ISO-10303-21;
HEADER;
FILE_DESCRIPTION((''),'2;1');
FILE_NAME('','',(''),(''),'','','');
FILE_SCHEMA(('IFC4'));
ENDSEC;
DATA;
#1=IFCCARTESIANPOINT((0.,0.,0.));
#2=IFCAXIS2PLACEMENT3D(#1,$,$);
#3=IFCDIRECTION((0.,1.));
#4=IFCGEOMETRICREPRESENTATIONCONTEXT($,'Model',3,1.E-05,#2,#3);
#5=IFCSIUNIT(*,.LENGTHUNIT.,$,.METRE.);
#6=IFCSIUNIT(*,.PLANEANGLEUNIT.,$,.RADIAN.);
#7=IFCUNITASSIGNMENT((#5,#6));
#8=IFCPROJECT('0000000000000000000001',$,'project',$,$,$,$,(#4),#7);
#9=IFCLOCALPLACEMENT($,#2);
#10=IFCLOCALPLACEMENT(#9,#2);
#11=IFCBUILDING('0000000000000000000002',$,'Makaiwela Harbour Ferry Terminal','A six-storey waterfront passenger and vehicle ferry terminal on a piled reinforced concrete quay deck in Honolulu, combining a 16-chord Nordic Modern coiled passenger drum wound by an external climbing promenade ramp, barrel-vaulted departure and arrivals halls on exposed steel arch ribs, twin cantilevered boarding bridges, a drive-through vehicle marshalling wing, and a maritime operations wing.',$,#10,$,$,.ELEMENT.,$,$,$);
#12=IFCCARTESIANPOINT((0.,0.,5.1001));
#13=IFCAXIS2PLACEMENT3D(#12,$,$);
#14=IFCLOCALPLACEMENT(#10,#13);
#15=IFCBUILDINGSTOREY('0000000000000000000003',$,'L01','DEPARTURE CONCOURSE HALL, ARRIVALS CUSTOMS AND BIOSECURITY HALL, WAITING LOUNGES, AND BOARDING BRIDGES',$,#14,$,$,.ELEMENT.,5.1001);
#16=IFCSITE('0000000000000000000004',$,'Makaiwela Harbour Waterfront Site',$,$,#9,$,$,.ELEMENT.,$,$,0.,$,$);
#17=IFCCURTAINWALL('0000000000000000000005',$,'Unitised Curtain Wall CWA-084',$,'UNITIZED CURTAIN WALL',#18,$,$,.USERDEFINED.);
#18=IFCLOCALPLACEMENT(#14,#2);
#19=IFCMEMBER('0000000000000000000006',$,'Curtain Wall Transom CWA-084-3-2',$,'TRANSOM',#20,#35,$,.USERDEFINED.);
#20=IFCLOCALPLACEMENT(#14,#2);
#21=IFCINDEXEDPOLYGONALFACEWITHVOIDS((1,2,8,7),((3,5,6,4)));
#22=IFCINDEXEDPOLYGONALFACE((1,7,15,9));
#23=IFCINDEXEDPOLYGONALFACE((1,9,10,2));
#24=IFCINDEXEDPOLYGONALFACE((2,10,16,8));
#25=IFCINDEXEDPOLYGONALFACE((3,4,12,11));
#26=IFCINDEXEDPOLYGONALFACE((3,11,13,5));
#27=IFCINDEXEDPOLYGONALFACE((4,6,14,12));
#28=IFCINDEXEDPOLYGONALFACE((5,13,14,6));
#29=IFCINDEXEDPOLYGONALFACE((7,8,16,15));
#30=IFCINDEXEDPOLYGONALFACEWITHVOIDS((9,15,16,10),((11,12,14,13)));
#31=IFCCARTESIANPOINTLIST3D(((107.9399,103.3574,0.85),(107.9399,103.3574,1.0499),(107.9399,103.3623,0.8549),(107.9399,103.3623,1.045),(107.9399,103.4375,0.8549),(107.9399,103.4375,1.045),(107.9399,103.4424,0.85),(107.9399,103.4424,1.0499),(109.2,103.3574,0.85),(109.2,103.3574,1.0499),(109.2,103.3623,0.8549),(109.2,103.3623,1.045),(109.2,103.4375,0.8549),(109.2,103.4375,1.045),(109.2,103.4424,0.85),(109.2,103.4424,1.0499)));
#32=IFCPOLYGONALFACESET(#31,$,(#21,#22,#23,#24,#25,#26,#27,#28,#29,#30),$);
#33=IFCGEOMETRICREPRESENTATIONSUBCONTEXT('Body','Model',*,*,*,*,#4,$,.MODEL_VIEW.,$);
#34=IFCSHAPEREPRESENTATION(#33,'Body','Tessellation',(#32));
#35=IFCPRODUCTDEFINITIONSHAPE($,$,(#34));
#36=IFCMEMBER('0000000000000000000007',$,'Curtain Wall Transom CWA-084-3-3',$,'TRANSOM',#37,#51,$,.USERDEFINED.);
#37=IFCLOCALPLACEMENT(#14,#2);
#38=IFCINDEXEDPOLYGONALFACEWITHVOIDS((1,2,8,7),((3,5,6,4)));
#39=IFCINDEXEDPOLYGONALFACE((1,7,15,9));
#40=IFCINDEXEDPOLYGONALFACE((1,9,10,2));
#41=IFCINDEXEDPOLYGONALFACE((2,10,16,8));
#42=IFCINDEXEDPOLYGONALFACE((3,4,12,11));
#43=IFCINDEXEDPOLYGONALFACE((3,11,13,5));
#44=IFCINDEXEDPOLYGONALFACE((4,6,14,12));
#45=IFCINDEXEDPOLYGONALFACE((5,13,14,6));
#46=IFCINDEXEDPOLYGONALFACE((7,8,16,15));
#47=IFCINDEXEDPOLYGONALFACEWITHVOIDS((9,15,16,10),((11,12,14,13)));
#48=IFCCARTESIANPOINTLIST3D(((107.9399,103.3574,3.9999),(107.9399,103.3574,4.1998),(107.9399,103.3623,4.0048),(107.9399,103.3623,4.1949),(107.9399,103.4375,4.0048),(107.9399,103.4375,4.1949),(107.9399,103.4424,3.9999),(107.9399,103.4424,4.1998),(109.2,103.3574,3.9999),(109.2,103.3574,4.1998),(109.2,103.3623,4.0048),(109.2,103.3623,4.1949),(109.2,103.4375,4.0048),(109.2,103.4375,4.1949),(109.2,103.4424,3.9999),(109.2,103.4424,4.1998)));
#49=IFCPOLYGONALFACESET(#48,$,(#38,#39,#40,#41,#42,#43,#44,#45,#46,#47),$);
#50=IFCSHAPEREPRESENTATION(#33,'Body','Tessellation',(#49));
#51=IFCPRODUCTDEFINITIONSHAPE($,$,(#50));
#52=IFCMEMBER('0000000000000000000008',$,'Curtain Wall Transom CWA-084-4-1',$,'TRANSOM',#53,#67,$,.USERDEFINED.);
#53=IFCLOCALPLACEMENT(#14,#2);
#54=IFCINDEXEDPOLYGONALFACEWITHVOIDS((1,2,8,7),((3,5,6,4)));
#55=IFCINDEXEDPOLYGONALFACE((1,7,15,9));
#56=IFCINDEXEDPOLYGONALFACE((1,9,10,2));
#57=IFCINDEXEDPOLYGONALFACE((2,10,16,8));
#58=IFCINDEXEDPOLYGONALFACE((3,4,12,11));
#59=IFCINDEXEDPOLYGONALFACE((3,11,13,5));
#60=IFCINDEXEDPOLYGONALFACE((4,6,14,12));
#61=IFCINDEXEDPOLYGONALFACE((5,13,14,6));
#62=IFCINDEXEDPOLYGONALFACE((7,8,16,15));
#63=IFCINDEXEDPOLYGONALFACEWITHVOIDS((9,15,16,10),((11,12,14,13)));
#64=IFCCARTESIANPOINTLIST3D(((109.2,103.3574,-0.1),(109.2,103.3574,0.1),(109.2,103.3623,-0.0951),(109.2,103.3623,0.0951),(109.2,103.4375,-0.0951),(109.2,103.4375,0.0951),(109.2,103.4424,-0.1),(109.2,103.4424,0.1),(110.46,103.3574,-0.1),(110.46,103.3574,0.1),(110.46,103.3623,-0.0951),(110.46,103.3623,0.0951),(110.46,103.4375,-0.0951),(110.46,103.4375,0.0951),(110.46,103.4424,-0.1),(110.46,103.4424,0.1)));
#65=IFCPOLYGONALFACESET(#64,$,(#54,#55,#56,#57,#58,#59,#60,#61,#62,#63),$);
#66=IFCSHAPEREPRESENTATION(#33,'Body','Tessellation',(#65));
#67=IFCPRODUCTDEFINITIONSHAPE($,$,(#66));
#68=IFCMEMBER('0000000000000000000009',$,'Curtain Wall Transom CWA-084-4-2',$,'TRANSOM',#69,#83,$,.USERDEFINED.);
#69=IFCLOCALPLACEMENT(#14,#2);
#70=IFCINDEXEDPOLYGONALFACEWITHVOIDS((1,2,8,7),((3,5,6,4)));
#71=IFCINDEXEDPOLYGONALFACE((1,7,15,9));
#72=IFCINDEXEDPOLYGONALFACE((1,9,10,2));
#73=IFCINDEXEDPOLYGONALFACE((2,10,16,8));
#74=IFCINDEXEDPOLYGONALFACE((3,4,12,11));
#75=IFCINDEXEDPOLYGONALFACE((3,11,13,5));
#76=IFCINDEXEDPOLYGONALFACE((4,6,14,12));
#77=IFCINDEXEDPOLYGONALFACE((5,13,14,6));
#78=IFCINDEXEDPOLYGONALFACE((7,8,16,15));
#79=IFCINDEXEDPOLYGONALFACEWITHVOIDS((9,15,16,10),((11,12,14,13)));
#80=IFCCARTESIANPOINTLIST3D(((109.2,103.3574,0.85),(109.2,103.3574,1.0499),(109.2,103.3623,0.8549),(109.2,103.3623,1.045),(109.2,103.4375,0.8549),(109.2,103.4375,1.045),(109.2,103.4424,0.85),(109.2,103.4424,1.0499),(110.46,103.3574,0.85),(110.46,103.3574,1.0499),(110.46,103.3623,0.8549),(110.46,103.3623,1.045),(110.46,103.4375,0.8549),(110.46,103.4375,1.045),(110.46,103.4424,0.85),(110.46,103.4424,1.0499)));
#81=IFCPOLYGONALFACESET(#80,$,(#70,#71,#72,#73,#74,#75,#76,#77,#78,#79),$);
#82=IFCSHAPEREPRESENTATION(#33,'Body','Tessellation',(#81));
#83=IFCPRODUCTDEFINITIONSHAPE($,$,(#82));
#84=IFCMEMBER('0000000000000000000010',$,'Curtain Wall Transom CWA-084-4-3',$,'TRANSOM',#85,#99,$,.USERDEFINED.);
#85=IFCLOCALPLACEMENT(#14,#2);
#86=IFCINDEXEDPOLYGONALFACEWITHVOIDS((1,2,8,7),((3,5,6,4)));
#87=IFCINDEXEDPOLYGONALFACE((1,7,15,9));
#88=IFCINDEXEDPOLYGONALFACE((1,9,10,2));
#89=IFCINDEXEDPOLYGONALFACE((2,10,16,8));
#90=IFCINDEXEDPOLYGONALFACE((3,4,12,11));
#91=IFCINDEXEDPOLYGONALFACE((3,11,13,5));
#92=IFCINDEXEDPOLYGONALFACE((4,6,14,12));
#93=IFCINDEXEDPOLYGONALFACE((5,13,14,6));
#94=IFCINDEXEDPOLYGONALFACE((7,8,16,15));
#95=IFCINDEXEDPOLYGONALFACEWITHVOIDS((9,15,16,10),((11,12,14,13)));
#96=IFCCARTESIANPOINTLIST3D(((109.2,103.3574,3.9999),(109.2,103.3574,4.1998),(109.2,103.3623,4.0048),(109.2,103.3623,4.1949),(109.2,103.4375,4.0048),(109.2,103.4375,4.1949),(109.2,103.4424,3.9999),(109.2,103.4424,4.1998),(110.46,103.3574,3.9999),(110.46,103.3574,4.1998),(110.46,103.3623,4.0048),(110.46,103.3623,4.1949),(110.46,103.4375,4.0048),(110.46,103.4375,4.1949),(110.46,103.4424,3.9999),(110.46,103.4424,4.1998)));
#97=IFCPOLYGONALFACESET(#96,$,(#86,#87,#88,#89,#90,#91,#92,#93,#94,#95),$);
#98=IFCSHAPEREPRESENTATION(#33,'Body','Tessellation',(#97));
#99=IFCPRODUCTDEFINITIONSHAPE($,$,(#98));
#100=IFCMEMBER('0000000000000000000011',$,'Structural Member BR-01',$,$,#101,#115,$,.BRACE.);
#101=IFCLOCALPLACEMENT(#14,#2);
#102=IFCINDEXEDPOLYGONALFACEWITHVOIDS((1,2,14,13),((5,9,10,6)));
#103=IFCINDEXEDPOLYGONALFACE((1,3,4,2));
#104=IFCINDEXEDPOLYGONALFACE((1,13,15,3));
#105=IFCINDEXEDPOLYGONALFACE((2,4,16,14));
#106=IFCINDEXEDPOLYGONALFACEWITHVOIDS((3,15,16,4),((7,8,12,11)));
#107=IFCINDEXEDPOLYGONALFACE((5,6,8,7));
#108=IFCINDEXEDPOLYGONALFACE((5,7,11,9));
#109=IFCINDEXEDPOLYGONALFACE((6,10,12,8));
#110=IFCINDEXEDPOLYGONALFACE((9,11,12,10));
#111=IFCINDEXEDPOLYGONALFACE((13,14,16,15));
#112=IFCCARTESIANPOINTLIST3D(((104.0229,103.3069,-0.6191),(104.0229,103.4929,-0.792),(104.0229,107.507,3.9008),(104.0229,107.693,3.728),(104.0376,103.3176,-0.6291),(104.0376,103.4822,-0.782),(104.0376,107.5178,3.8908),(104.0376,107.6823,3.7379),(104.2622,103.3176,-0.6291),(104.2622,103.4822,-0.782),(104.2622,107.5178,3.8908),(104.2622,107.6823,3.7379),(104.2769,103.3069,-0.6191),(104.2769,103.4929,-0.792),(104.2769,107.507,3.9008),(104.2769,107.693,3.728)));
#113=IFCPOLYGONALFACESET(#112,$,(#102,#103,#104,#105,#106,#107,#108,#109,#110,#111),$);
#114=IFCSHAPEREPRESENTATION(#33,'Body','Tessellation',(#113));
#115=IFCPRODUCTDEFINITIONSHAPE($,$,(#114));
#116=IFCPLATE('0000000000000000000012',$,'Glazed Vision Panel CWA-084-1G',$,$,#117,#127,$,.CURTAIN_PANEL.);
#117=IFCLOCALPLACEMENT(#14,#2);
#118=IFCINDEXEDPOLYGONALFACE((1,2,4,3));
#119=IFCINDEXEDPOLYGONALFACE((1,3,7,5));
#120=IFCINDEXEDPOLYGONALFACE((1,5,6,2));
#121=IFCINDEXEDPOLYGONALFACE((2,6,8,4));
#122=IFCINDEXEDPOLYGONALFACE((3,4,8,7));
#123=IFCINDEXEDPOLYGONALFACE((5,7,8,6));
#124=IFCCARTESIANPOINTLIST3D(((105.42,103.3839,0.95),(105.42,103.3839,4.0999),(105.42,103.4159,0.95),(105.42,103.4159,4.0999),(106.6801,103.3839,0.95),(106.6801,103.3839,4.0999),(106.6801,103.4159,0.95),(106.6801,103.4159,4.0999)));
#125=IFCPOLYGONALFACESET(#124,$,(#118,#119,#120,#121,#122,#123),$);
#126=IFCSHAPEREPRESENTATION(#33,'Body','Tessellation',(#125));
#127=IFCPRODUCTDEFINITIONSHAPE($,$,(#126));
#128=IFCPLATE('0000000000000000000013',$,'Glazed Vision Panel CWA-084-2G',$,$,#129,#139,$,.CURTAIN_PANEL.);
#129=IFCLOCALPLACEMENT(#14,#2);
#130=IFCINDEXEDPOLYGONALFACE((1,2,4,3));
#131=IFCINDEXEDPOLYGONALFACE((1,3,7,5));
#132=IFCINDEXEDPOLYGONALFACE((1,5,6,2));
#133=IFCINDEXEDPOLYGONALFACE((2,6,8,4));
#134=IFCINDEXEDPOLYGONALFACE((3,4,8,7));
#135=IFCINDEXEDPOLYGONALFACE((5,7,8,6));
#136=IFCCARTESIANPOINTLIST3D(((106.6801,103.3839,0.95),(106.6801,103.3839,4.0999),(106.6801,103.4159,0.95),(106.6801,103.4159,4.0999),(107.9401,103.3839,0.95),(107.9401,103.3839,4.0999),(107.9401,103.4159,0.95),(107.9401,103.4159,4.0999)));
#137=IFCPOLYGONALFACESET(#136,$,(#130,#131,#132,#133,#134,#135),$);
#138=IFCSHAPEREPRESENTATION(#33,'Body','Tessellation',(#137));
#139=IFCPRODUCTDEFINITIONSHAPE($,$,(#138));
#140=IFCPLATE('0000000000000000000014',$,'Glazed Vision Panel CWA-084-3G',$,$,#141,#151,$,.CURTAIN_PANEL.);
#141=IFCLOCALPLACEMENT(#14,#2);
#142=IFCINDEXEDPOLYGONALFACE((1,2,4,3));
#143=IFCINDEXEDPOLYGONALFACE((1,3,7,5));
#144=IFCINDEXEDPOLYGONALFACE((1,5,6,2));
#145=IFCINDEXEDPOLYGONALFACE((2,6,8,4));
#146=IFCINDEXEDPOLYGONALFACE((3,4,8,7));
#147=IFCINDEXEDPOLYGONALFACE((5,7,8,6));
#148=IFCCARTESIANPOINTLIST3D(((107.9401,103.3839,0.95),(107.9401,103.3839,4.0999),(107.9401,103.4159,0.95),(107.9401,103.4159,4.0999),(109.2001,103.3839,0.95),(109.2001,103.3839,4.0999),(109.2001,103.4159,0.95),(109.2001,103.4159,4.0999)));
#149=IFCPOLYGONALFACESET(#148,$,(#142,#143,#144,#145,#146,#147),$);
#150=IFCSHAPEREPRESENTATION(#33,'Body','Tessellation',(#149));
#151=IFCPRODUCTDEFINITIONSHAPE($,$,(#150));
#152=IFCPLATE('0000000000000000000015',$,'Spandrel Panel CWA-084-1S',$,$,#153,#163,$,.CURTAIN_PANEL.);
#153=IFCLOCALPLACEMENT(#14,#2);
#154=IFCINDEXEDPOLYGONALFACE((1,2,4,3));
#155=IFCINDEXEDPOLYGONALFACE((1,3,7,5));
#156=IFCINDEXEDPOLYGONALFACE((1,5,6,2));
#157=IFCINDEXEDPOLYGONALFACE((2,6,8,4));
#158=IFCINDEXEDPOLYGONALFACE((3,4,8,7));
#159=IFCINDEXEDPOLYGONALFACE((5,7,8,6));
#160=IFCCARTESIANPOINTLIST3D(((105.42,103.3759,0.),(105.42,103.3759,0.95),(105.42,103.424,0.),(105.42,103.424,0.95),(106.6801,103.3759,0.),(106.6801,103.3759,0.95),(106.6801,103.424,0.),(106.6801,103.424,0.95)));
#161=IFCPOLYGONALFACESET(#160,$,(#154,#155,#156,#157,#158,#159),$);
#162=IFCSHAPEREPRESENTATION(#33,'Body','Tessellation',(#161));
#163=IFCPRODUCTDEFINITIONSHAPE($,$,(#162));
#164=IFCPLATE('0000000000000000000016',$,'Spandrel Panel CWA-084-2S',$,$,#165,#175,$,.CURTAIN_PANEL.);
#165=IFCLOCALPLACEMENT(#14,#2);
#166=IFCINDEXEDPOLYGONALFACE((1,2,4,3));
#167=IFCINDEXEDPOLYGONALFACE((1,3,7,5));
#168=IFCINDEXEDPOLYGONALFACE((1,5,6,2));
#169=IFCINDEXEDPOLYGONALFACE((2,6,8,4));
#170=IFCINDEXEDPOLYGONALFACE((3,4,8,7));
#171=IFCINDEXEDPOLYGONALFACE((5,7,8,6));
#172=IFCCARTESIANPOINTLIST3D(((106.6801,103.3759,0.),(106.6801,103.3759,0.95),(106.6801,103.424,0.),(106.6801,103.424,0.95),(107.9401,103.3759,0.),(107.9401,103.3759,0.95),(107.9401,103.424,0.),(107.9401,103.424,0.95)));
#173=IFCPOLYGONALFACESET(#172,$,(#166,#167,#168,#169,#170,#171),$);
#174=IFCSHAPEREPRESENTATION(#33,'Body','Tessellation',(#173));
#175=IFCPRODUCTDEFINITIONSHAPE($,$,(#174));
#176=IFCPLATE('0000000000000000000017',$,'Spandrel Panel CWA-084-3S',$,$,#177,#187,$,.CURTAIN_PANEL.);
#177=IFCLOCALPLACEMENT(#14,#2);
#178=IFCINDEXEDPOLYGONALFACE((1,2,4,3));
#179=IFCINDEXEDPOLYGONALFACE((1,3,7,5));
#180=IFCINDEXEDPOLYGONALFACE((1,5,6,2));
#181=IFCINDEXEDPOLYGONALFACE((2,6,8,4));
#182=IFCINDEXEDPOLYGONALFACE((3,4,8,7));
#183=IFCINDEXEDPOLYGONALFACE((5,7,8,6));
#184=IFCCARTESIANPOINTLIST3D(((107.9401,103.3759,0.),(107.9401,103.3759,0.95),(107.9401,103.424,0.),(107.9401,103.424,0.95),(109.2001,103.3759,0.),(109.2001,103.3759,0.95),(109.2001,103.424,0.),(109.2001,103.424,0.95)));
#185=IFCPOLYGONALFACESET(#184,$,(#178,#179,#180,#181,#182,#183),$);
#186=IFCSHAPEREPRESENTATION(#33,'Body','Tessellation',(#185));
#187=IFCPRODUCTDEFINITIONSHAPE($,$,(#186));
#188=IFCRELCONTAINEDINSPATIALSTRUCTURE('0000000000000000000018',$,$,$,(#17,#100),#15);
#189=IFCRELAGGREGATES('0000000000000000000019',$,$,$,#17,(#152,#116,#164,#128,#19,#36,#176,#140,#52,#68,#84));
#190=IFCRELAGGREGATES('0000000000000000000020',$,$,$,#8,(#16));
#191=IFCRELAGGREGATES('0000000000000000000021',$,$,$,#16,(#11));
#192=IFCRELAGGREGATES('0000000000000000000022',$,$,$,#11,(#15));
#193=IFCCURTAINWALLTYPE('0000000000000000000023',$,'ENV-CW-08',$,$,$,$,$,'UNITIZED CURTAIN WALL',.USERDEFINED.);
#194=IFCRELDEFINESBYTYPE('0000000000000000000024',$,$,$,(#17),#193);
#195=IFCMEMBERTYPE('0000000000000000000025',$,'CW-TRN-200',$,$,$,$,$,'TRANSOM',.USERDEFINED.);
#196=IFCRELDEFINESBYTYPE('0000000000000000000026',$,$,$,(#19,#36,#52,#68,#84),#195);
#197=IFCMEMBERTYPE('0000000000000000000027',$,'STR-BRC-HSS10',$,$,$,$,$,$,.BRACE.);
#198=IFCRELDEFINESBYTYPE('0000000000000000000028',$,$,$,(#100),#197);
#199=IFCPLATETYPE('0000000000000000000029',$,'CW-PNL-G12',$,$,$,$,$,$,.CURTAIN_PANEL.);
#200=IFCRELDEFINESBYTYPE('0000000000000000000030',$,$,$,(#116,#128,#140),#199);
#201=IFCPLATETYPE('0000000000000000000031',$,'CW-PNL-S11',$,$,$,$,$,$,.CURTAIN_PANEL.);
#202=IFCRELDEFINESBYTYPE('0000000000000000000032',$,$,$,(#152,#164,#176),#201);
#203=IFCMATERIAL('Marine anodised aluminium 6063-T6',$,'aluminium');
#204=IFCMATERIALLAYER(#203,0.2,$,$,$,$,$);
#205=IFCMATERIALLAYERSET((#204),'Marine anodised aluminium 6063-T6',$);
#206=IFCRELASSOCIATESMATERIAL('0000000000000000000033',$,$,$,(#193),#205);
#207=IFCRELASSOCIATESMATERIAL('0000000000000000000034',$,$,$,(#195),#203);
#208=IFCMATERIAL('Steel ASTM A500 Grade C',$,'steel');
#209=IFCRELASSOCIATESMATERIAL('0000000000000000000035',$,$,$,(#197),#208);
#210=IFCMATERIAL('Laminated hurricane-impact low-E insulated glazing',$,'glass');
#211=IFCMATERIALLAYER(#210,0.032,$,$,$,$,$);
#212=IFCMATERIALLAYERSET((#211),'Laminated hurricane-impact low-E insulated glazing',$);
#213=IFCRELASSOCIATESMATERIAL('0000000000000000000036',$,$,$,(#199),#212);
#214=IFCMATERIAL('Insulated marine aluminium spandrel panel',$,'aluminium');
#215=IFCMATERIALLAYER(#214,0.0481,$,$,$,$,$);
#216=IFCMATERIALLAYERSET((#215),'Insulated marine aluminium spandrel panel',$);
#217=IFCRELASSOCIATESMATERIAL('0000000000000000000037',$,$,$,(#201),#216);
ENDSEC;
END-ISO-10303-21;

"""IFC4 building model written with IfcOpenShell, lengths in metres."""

from ifc_helpers import new_model, si_unit, direction, frame, origin, origin_2d, place, context, subcontext, project, spatial, rectangle, hollow_rectangle, extrude, material, layer, layer_set, material_profile, profile_set, type_object, element, aggregate, save


model = new_model("IFC4")

# Units and contexts
model_context = context("Model", 3, precision=1e-05, world=origin(), true_north=direction((0.0, 1.0)))
body_context = subcontext(model_context, "Body", "Model", "MODEL_VIEW")
ifc_project = project(units=[si_unit("LENGTHUNIT", "METRE"), si_unit("PLANEANGLEUNIT", "RADIAN")], contexts=[model_context])

# Site, building, storey
site_placement = place(None, origin())
site = spatial("IfcSite", under=ifc_project, at=site_placement, Name="Makaiwela Harbour Waterfront Site", CompositionType="ELEMENT", RefElevation=0.0)
building_placement = place(site_placement, origin())
building = spatial("IfcBuilding", under=site, at=building_placement, Name="Makaiwela Harbour Ferry Terminal", Description="A six-storey waterfront passenger and vehicle ferry terminal on a piled reinforced concrete quay deck in Honolulu, combining a 16-chord Nordic Modern coiled passenger drum wound by an external climbing promenade ramp, barrel-vaulted departure and arrivals halls on exposed steel arch ribs, twin cantilevered boarding bridges, a drive-through vehicle marshalling wing, and a maritime operations wing.", CompositionType="ELEMENT")
storey_placement = place(building_placement, frame((0.0, 0.0, 5.1001)))
storey = spatial("IfcBuildingStorey", under=building, at=storey_placement, Name="L01", Description="DEPARTURE CONCOURSE HALL, ARRIVALS CUSTOMS AND BIOSECURITY HALL, WAITING LOUNGES, AND BOARDING BRIDGES", CompositionType="ELEMENT", Elevation=5.1001)

# Curtain wall, members
ifc_material_1 = material(Name="Marine anodised aluminium 6063-T6", Category="aluminium")
ifc_layer_1 = layer(ifc_material_1, 0.2)
ifc_layer_set_1 = layer_set([ifc_layer_1], Name="Marine anodised aluminium 6063-T6")
curtain_wall_type = type_object("IfcCurtainWallType", Name="ENV-CW-08", ElementType="UNITIZED CURTAIN WALL", PredefinedType="USERDEFINED", material=ifc_layer_set_1)
curtain_wall_placement = place(storey_placement, origin())
curtain_wall = element("IfcCurtainWall", 1, at=curtain_wall_placement, inside=storey, type_object=curtain_wall_type, Name="Unitised Curtain Wall CWA-084", ObjectType="UNITIZED CURTAIN WALL", PredefinedType="USERDEFINED")
ifc_material_profile_1 = material_profile(ifc_material_1, hollow_rectangle(XDim=0.085, YDim=0.2, WallThickness=0.0049, at=origin_2d()), Name="CWT-200X85")
ifc_profile_set_1 = profile_set([ifc_material_profile_1], Name="Marine anodised aluminium 6063-T6")
member_type_1 = type_object("IfcMemberType", Name="CW-TRN-200", ElementType="TRANSOM", PredefinedType="USERDEFINED", material=ifc_profile_set_1)
member_1_placement = place(storey_placement, frame((107.9399, 103.3999, 0.95), z_axis=(1.0, 0.0, 0.0), x_axis=(0.0, 1.0, 0.0)))
member_1 = element("IfcMember", 2, at=member_1_placement, type_object=member_type_1, Name="Curtain Wall Transom CWA-084-3-2", ObjectType="TRANSOM", PredefinedType="USERDEFINED", context=body_context, shape_type="SweptSolid", body=[
    extrude(hollow_rectangle(XDim=0.085, YDim=0.2, WallThickness=0.0049, at=origin_2d()), origin(), (0.0, 0.0, 1.0), 1.26),
])
member_2_placement = place(storey_placement, frame((107.9399, 103.3999, 4.0999), z_axis=(1.0, 0.0, 0.0), x_axis=(0.0, 1.0, 0.0)))
member_2 = element("IfcMember", 3, at=member_2_placement, type_object=member_type_1, Name="Curtain Wall Transom CWA-084-3-3", ObjectType="TRANSOM", PredefinedType="USERDEFINED", context=body_context, shape_type="SweptSolid", body=[
    extrude(hollow_rectangle(XDim=0.085, YDim=0.2, WallThickness=0.0049, at=origin_2d()), origin(), (0.0, 0.0, 1.0), 1.26),
])
member_3_placement = place(storey_placement, frame((109.2, 103.3999, 0.0), z_axis=(1.0, 0.0, 0.0), x_axis=(0.0, 1.0, 0.0)))
member_3 = element("IfcMember", 4, at=member_3_placement, type_object=member_type_1, Name="Curtain Wall Transom CWA-084-4-1", ObjectType="TRANSOM", PredefinedType="USERDEFINED", context=body_context, shape_type="SweptSolid", body=[
    extrude(hollow_rectangle(XDim=0.085, YDim=0.2, WallThickness=0.0049, at=origin_2d()), origin(), (0.0, 0.0, 1.0), 1.26),
])
member_4_placement = place(storey_placement, frame((109.2, 103.3999, 0.95), z_axis=(1.0, 0.0, 0.0), x_axis=(0.0, 1.0, 0.0)))
member_4 = element("IfcMember", 5, at=member_4_placement, type_object=member_type_1, Name="Curtain Wall Transom CWA-084-4-2", ObjectType="TRANSOM", PredefinedType="USERDEFINED", context=body_context, shape_type="SweptSolid", body=[
    extrude(hollow_rectangle(XDim=0.085, YDim=0.2, WallThickness=0.0049, at=origin_2d()), origin(), (0.0, 0.0, 1.0), 1.26),
])
member_5_placement = place(storey_placement, frame((109.2, 103.3999, 4.0999), z_axis=(1.0, 0.0, 0.0), x_axis=(0.0, 1.0, 0.0)))
member_5 = element("IfcMember", 6, at=member_5_placement, type_object=member_type_1, Name="Curtain Wall Transom CWA-084-4-3", ObjectType="TRANSOM", PredefinedType="USERDEFINED", context=body_context, shape_type="SweptSolid", body=[
    extrude(hollow_rectangle(XDim=0.085, YDim=0.2, WallThickness=0.0049, at=origin_2d()), origin(), (0.0, 0.0, 1.0), 1.26),
])

# Member
ifc_material_2 = material(Name="Steel ASTM A500 Grade C", Category="steel")
ifc_material_profile_2 = material_profile(ifc_material_2, hollow_rectangle(XDim=0.2539, YDim=0.2539, WallThickness=0.0146, at=origin_2d()), Name="HSS10X10X5/8")
ifc_profile_set_2 = profile_set([ifc_material_profile_2], Name="Steel ASTM A500 Grade C")
member_type_2 = type_object("IfcMemberType", Name="STR-BRC-HSS10", PredefinedType="BRACE", material=ifc_profile_set_2)
member_6_placement = place(storey_placement, frame((104.1499, 103.3999, -0.7056), z_axis=(0.0, 0.680715, 0.732548), x_axis=(-1.0, 0.0, 0.0)))
element("IfcMember", 7, at=member_6_placement, inside=storey, type_object=member_type_2, Name="Structural Member BR-01", PredefinedType="BRACE", context=body_context, shape_type="SweptSolid", body=[
    extrude(hollow_rectangle(XDim=0.2539, YDim=0.2539, WallThickness=0.0146, at=origin_2d()), origin(), (0.0, 0.0, 1.0), 6.1702),
])

# Plates
ifc_material_3 = material(Name="Laminated hurricane-impact low-E insulated glazing", Category="glass")
ifc_layer_2 = layer(ifc_material_3, 0.032)
ifc_layer_set_2 = layer_set([ifc_layer_2], Name="Laminated hurricane-impact low-E insulated glazing")
plate_type_1 = type_object("IfcPlateType", Name="CW-PNL-G12", PredefinedType="CURTAIN_PANEL", material=ifc_layer_set_2)
plate_1_placement = place(storey_placement, frame((106.05, 103.3999, 0.95), z_axis=(0.0, 0.0, 1.0), x_axis=(1.0, 0.0, 0.0)))
plate_1 = element("IfcPlate", 8, at=plate_1_placement, type_object=plate_type_1, Name="Glazed Vision Panel CWA-084-1G", PredefinedType="CURTAIN_PANEL", context=body_context, shape_type="SweptSolid", body=[
    extrude(rectangle(XDim=1.26, YDim=0.032, at=origin_2d()), origin(), (0.0, 0.0, 1.0), 3.1499),
])
plate_2_placement = place(storey_placement, frame((107.3101, 103.3999, 0.95), z_axis=(0.0, 0.0, 1.0), x_axis=(1.0, 0.0, 0.0)))
plate_2 = element("IfcPlate", 9, at=plate_2_placement, type_object=plate_type_1, Name="Glazed Vision Panel CWA-084-2G", PredefinedType="CURTAIN_PANEL", context=body_context, shape_type="SweptSolid", body=[
    extrude(rectangle(XDim=1.26, YDim=0.032, at=origin_2d()), origin(), (0.0, 0.0, 1.0), 3.1499),
])
plate_3_placement = place(storey_placement, frame((108.5701, 103.3999, 0.95), z_axis=(0.0, 0.0, 1.0), x_axis=(1.0, 0.0, 0.0)))
plate_3 = element("IfcPlate", 10, at=plate_3_placement, type_object=plate_type_1, Name="Glazed Vision Panel CWA-084-3G", PredefinedType="CURTAIN_PANEL", context=body_context, shape_type="SweptSolid", body=[
    extrude(rectangle(XDim=1.26, YDim=0.032, at=origin_2d()), origin(), (0.0, 0.0, 1.0), 3.1499),
])
ifc_material_4 = material(Name="Insulated marine aluminium spandrel panel", Category="aluminium")
ifc_layer_3 = layer(ifc_material_4, 0.0481)
ifc_layer_set_3 = layer_set([ifc_layer_3], Name="Insulated marine aluminium spandrel panel")
plate_type_2 = type_object("IfcPlateType", Name="CW-PNL-S11", PredefinedType="CURTAIN_PANEL", material=ifc_layer_set_3)
plate_4_placement = place(storey_placement, frame((106.05, 103.3999, 0.0), z_axis=(0.0, 0.0, 1.0), x_axis=(1.0, 0.0, 0.0)))
plate_4 = element("IfcPlate", 11, at=plate_4_placement, type_object=plate_type_2, Name="Spandrel Panel CWA-084-1S", PredefinedType="CURTAIN_PANEL", context=body_context, shape_type="SweptSolid", body=[
    extrude(rectangle(XDim=1.26, YDim=0.0481, at=origin_2d()), origin(), (0.0, 0.0, 1.0), 0.95),
])
plate_5_placement = place(storey_placement, frame((107.3101, 103.3999, 0.0), z_axis=(0.0, 0.0, 1.0), x_axis=(1.0, 0.0, 0.0)))
plate_5 = element("IfcPlate", 12, at=plate_5_placement, type_object=plate_type_2, Name="Spandrel Panel CWA-084-2S", PredefinedType="CURTAIN_PANEL", context=body_context, shape_type="SweptSolid", body=[
    extrude(rectangle(XDim=1.26, YDim=0.0481, at=origin_2d()), origin(), (0.0, 0.0, 1.0), 0.95),
])
plate_6_placement = place(storey_placement, frame((108.5701, 103.3999, 0.0), z_axis=(0.0, 0.0, 1.0), x_axis=(1.0, 0.0, 0.0)))
plate_6 = element("IfcPlate", 13, at=plate_6_placement, type_object=plate_type_2, Name="Spandrel Panel CWA-084-3S", PredefinedType="CURTAIN_PANEL", context=body_context, shape_type="SweptSolid", body=[
    extrude(rectangle(XDim=1.26, YDim=0.0481, at=origin_2d()), origin(), (0.0, 0.0, 1.0), 0.95),
])
aggregate(curtain_wall, [plate_4, plate_1, plate_5, plate_2, member_1, member_2, plate_6, plate_3, member_3, member_4, member_5])

save(model, "model.ifc")
